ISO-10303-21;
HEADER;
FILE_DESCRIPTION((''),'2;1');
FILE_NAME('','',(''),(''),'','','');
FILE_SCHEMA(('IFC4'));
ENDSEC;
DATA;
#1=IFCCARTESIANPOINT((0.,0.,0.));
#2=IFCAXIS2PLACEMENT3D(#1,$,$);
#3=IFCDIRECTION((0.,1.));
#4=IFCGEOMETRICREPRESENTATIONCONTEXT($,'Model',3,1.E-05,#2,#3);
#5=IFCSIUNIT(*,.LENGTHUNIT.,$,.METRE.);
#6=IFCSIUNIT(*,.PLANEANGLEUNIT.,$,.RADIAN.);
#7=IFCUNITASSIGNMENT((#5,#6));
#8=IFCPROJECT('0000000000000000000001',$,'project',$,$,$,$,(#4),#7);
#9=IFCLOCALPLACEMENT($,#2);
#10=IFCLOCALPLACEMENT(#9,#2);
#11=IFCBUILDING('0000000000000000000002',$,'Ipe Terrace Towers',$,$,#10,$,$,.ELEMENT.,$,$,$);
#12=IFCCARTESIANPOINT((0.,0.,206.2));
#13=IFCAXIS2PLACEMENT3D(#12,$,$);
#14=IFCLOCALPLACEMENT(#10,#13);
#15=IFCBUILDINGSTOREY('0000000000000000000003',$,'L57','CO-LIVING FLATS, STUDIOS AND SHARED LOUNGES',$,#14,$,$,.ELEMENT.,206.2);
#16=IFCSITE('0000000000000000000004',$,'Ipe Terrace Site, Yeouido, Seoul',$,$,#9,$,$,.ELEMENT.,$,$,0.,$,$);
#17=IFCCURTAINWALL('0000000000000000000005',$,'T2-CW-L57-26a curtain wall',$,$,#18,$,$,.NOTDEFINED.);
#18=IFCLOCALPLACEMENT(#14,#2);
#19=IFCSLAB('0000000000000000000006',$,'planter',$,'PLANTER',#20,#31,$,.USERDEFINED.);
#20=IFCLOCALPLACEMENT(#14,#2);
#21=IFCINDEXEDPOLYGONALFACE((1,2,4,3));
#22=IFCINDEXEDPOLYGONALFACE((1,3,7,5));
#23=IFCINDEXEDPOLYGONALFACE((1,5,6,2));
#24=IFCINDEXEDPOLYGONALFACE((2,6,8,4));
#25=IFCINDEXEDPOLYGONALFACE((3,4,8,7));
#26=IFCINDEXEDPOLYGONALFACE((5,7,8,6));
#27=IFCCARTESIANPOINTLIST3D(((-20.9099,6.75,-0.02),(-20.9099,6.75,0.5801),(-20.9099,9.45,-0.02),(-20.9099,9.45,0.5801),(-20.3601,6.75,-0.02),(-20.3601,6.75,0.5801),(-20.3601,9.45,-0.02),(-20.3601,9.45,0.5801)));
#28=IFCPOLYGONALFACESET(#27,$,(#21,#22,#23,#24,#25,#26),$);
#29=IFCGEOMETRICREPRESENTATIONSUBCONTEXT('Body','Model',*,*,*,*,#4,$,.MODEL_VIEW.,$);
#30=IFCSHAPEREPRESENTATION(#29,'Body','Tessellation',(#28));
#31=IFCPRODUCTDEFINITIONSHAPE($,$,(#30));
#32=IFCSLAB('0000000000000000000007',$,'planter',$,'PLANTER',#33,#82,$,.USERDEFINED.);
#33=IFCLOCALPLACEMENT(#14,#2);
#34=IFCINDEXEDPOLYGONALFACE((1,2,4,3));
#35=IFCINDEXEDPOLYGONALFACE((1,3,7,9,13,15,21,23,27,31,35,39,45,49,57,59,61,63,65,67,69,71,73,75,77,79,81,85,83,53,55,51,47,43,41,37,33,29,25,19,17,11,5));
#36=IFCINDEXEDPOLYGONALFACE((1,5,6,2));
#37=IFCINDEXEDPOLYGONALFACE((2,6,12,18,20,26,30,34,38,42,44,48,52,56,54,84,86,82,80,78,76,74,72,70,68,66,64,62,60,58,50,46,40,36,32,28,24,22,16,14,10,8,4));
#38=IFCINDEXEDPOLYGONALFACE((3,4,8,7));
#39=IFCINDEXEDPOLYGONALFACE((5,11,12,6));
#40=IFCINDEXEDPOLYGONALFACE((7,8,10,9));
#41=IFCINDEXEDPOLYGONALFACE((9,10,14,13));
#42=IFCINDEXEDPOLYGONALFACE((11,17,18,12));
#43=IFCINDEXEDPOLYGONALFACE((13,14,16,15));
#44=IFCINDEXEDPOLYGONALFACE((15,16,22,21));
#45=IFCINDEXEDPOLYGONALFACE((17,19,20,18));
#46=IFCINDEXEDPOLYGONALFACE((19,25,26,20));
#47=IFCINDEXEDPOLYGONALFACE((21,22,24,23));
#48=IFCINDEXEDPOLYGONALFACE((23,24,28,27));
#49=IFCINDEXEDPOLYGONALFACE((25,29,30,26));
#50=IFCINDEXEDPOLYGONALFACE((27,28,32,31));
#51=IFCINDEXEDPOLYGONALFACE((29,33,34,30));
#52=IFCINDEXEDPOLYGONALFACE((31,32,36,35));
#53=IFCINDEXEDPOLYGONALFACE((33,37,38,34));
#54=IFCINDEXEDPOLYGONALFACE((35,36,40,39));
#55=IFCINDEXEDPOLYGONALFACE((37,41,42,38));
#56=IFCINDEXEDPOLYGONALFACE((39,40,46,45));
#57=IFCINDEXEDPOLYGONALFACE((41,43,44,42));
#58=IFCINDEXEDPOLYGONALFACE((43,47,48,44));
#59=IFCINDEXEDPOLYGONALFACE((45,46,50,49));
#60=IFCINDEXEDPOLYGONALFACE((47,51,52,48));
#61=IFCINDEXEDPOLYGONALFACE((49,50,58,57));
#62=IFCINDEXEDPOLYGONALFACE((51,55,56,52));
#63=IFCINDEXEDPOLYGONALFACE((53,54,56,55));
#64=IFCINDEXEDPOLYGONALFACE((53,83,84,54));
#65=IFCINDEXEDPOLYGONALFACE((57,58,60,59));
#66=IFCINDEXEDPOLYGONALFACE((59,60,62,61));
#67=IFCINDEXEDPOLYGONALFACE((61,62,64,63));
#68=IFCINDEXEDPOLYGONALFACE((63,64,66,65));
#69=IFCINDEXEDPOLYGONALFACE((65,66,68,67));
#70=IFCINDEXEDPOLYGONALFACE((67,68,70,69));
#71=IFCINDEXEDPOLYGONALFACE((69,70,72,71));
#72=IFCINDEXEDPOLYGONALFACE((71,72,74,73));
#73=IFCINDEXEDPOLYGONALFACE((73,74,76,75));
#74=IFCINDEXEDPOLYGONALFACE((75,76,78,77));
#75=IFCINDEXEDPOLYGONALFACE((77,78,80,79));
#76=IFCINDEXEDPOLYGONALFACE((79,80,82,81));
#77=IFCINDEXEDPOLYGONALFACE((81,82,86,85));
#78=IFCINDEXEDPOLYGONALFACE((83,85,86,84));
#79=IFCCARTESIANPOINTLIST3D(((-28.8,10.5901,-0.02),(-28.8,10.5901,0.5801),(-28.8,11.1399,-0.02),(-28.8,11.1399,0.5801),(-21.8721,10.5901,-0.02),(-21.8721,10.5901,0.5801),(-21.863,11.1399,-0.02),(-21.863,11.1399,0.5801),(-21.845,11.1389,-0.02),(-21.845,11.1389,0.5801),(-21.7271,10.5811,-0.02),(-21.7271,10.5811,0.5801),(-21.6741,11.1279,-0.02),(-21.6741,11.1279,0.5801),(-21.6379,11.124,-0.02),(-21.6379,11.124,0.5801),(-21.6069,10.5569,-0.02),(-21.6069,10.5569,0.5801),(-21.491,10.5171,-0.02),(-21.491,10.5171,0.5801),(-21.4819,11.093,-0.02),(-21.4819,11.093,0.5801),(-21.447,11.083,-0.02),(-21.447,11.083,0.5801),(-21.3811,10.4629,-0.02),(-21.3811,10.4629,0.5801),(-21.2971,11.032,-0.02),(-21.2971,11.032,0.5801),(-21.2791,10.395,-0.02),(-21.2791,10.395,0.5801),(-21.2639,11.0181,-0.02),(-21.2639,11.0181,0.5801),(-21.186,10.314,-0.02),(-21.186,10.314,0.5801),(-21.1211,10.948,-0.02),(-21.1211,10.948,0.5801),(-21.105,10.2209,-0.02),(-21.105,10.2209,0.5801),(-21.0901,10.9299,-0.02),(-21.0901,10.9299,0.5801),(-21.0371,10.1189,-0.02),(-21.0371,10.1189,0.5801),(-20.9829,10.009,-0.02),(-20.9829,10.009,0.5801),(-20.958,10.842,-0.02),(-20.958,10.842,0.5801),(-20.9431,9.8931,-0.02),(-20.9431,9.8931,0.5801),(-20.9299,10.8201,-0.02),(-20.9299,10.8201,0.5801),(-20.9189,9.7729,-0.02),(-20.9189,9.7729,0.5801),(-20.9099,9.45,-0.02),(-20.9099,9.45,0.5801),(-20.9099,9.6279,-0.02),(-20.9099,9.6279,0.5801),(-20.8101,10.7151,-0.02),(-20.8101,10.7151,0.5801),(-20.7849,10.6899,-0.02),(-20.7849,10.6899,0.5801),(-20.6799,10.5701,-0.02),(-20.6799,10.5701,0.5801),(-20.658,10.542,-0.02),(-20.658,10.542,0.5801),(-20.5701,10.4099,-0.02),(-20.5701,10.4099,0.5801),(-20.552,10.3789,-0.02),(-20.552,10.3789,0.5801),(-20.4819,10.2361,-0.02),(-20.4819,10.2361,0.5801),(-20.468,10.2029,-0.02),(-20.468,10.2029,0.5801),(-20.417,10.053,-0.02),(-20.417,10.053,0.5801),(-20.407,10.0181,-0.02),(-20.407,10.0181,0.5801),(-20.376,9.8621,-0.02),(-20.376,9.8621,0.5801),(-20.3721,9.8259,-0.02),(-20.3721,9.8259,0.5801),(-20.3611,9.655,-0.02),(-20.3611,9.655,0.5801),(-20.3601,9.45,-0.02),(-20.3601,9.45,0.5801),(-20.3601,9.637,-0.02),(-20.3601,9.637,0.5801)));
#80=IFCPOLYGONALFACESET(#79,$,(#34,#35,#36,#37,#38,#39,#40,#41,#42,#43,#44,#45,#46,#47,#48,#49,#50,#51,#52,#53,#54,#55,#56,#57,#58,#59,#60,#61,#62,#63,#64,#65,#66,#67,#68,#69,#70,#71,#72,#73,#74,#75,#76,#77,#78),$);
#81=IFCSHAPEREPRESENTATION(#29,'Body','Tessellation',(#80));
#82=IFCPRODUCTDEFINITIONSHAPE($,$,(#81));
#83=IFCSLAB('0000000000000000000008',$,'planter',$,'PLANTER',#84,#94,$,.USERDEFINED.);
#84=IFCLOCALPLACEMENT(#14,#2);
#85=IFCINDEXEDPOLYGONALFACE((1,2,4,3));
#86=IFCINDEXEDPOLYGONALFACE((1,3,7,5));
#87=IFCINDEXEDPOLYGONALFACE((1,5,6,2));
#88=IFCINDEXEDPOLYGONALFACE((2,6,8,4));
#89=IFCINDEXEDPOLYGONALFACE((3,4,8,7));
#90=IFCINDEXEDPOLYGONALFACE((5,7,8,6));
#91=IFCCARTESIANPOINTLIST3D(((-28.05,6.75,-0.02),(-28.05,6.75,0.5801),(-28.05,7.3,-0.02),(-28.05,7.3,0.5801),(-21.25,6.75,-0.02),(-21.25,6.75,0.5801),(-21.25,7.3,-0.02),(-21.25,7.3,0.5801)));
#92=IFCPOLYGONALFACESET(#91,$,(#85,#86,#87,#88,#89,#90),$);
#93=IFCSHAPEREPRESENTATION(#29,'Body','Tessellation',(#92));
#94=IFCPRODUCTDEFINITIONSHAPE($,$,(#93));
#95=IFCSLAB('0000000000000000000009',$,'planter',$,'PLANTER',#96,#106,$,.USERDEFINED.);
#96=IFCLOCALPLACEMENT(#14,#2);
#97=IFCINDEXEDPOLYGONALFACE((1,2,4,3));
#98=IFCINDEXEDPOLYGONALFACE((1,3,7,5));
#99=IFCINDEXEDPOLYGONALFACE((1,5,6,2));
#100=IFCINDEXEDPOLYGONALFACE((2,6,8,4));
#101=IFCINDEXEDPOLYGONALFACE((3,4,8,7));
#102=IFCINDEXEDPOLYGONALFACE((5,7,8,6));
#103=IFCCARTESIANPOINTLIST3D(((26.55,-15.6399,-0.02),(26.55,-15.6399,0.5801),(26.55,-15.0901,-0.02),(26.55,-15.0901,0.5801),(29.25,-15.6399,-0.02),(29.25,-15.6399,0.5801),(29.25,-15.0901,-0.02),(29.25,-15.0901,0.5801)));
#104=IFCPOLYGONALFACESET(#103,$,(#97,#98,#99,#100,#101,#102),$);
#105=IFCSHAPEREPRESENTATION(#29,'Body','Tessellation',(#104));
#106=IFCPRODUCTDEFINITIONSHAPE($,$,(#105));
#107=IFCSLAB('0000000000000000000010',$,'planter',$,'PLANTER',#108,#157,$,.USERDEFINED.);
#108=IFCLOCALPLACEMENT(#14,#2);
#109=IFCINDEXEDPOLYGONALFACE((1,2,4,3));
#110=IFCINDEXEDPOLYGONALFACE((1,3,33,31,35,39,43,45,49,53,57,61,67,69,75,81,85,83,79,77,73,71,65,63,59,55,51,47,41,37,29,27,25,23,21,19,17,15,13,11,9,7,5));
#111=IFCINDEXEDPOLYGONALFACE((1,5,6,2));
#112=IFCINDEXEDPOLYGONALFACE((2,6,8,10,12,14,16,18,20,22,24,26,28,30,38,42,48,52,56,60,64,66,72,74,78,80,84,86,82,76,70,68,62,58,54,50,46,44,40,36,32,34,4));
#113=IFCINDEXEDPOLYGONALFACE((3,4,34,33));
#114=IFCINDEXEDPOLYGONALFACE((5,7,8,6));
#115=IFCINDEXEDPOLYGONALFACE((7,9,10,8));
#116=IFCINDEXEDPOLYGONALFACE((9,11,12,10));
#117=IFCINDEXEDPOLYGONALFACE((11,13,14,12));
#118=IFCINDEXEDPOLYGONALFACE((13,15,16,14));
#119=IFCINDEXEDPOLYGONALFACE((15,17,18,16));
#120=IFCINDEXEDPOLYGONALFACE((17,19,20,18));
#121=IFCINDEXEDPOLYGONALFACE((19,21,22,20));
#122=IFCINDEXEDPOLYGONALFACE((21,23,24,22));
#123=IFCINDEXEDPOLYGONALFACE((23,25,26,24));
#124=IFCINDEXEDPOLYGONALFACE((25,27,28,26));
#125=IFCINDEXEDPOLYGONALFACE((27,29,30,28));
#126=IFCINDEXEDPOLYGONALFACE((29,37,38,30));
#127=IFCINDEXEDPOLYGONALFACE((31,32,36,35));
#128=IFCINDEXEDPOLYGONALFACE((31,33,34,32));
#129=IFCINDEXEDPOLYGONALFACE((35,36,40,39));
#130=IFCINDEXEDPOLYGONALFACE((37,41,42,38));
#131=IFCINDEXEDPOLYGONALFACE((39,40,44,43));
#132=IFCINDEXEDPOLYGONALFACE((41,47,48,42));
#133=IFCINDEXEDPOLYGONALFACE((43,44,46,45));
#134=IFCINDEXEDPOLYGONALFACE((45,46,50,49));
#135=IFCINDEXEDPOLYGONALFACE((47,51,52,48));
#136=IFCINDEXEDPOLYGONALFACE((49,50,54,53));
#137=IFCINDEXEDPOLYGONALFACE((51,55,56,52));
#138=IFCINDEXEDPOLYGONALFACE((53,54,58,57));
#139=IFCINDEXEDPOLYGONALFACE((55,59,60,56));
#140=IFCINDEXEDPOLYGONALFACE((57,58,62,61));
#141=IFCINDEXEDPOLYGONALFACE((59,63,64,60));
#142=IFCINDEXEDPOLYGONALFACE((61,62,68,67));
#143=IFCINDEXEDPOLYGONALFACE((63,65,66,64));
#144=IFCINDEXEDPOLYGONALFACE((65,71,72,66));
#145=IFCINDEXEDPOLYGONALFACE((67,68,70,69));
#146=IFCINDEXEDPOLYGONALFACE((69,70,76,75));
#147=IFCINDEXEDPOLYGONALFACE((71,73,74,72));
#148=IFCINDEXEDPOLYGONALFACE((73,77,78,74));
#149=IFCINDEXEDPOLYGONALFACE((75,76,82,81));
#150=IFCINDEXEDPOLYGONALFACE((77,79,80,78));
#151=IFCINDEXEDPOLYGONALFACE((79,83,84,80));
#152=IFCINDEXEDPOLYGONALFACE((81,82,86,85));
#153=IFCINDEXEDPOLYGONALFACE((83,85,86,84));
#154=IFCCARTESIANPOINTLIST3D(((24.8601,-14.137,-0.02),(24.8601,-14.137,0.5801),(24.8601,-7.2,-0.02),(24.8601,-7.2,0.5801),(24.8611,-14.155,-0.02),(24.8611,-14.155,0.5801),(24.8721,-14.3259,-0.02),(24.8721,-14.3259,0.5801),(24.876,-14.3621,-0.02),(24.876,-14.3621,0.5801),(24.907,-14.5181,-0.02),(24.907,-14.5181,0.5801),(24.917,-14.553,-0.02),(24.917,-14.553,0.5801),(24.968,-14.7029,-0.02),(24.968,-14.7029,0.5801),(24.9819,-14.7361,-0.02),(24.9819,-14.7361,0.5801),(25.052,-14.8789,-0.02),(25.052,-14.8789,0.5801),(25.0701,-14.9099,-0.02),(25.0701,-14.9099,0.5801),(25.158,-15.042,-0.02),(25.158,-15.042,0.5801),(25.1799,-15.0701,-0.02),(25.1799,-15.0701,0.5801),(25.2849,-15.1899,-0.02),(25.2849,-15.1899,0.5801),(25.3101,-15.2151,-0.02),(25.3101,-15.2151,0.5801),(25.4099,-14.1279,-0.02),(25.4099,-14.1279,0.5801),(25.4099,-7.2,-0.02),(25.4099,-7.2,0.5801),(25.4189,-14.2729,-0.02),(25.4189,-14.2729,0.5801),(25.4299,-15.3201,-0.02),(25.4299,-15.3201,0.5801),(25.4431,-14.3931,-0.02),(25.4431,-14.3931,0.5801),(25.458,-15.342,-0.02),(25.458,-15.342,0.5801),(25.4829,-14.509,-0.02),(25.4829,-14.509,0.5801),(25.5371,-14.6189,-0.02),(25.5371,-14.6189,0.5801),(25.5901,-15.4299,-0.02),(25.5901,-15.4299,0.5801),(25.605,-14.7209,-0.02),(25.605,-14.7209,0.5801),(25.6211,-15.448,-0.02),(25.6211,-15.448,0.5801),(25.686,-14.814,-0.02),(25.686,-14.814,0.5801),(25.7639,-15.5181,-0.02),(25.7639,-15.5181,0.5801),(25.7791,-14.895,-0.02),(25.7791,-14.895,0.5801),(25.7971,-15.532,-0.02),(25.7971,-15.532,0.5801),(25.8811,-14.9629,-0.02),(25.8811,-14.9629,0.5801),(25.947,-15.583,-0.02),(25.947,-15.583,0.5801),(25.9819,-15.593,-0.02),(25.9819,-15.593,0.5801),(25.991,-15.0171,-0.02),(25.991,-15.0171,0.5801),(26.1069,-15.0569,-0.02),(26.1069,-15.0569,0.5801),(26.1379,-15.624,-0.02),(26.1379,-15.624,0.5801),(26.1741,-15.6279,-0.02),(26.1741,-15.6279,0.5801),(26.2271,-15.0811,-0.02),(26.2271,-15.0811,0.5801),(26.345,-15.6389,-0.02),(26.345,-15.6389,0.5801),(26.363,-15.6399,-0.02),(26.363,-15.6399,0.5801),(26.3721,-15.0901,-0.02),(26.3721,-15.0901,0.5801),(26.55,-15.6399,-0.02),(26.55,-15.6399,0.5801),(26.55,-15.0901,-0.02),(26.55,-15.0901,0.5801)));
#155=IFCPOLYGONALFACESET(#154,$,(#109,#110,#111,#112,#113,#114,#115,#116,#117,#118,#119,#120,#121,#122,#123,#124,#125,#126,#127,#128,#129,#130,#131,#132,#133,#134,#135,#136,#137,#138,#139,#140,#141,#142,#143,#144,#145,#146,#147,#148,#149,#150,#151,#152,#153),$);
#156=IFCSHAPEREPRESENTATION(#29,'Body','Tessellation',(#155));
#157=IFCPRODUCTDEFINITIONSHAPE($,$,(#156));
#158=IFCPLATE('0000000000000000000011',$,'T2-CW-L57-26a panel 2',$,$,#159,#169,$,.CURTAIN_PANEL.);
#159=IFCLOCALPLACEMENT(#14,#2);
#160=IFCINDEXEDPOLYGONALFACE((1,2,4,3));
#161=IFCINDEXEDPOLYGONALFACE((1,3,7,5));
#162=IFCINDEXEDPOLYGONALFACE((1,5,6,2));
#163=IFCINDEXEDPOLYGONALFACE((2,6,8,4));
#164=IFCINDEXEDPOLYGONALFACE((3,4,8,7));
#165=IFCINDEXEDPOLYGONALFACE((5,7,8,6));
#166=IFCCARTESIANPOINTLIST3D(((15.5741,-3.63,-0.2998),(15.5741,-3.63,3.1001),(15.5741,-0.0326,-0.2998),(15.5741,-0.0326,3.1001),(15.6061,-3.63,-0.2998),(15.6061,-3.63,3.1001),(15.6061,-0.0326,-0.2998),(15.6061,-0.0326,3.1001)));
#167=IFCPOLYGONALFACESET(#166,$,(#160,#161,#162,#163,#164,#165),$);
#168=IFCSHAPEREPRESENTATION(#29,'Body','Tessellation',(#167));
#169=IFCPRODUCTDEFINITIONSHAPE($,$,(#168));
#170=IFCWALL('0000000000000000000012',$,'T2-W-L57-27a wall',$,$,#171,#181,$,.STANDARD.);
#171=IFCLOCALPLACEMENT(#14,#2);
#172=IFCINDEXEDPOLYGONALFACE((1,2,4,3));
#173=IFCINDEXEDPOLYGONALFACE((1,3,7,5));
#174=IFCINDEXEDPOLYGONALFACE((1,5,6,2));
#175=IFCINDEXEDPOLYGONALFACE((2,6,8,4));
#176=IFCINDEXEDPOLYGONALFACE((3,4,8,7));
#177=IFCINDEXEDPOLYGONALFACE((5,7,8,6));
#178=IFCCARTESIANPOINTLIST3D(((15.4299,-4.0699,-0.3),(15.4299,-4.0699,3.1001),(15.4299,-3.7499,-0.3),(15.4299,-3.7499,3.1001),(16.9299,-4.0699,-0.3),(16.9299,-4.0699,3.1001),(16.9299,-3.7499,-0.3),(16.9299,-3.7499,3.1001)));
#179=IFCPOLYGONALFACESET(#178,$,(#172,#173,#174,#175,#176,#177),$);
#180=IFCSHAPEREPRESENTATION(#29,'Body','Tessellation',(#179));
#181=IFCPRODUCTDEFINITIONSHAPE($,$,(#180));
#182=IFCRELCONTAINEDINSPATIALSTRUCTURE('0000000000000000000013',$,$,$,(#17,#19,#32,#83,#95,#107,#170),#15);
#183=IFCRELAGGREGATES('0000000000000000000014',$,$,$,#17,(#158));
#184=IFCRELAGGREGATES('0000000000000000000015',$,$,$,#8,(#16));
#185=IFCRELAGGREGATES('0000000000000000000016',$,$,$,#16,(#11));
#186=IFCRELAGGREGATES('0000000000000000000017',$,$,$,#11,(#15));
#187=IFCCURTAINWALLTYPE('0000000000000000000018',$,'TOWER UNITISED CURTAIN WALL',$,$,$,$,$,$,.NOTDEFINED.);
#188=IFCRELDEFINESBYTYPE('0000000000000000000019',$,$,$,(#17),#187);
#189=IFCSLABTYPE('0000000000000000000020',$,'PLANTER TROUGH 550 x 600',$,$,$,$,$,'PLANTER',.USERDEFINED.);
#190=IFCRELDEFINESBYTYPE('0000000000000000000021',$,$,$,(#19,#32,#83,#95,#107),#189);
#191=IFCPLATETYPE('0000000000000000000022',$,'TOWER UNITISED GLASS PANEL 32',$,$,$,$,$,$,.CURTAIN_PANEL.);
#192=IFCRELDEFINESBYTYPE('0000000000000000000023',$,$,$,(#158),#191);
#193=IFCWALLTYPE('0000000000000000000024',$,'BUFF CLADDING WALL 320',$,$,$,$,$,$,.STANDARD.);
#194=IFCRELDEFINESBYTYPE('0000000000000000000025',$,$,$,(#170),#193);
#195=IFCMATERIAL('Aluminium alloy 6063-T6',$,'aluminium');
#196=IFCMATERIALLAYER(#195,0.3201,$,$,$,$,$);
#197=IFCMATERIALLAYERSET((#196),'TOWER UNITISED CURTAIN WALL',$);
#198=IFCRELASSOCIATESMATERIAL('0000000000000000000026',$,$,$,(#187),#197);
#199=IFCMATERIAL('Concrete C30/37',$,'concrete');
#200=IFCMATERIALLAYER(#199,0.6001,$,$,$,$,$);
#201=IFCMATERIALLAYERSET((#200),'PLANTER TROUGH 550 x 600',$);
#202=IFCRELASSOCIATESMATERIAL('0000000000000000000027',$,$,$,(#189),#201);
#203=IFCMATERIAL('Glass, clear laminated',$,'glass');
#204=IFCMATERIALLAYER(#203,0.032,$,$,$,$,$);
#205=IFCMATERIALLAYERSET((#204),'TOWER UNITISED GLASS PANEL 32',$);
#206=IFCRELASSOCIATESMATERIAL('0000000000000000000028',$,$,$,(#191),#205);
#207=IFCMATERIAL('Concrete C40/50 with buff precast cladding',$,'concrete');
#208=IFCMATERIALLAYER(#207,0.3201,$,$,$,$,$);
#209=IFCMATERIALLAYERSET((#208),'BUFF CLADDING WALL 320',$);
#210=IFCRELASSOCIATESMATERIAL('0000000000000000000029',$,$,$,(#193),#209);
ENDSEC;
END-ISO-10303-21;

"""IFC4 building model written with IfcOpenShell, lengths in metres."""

from ifc_helpers import new_model, si_unit, direction, frame, frame_2d, origin, origin_2d, place, context, subcontext, project, spatial, polyline, rectangle, outline, extrude, material, layer, layer_set, type_object, element, aggregate, save


model = new_model("IFC4")

# Units and contexts
model_context = context("Model", 3, precision=1e-05, world=origin(), true_north=direction((0.0, 1.0)))
body_context = subcontext(model_context, "Body", "Model", "MODEL_VIEW")
ifc_project = project(units=[si_unit("LENGTHUNIT", "METRE"), si_unit("PLANEANGLEUNIT", "RADIAN")], contexts=[model_context])

# Site, building, storey
site_placement = place(None, origin())
site = spatial("IfcSite", under=ifc_project, at=site_placement, Name="Ipe Terrace Site, Yeouido, Seoul", CompositionType="ELEMENT", RefElevation=0.0)
building_placement = place(site_placement, origin())
building = spatial("IfcBuilding", under=site, at=building_placement, Name="Ipe Terrace Towers", CompositionType="ELEMENT")
storey_placement = place(building_placement, frame((0.0, 0.0, 206.2)))
storey = spatial("IfcBuildingStorey", under=building, at=storey_placement, Name="L57", Description="CO-LIVING FLATS, STUDIOS AND SHARED LOUNGES", CompositionType="ELEMENT", Elevation=206.2)

# Curtain wall
ifc_material_1 = material(Name="Aluminium alloy 6063-T6", Category="aluminium")
ifc_layer_1 = layer(ifc_material_1, 0.3201)
ifc_layer_set_1 = layer_set([ifc_layer_1], Name="TOWER UNITISED CURTAIN WALL")
curtain_wall_type = type_object("IfcCurtainWallType", Name="TOWER UNITISED CURTAIN WALL", PredefinedType="NOTDEFINED", material=ifc_layer_set_1)
curtain_wall_1_placement = place(storey_placement, origin())
curtain_wall_1 = element("IfcCurtainWall", 1, at=curtain_wall_1_placement, inside=storey, type_object=curtain_wall_type, Name="T2-CW-L57-26a curtain wall", PredefinedType="NOTDEFINED")

# Slabs
ifc_material_2 = material(Name="Concrete C30/37", Category="concrete")
ifc_layer_2 = layer(ifc_material_2, 0.6001)
ifc_layer_set_2 = layer_set([ifc_layer_2], Name="PLANTER TROUGH 550 x 600")
slab_type_1 = type_object("IfcSlabType", Name="PLANTER TROUGH 550 x 600", ElementType="PLANTER", PredefinedType="USERDEFINED", material=ifc_layer_set_2)
slab_1_placement = place(storey_placement, frame((0.0, 0.0, -0.02)))
element("IfcSlab", 2, at=slab_1_placement, inside=storey, type_object=slab_type_1, Name="planter", ObjectType="PLANTER", PredefinedType="USERDEFINED", context=body_context, shape_type="SweptSolid", body=[
    extrude(outline(polyline([(-20.3601, 6.75), (-20.3601, 9.45), (-20.9099, 9.45), (-20.9099, 6.75), (-20.3601, 6.75)])), origin(), (0.0, 0.0, 1.0), 0.6001),
])
slab_2_placement = place(storey_placement, frame((0.0, 0.0, -0.02)))
element("IfcSlab", 3, at=slab_2_placement, inside=storey, type_object=slab_type_1, Name="planter", ObjectType="PLANTER", PredefinedType="USERDEFINED", context=body_context, shape_type="SweptSolid", body=[
    extrude(outline(polyline([(-20.9431, 9.8931), (-20.9189, 9.7729), (-20.9099, 9.6279), (-20.9099, 9.45), (-20.3601, 9.45), (-20.3601, 9.637), (-20.3611, 9.655), (-20.3721, 9.8259), (-20.376, 9.8621), (-20.407, 10.0181), (-20.417, 10.053), (-20.468, 10.2029), (-20.4819, 10.2361), (-20.552, 10.3789), (-20.5701, 10.4099), (-20.658, 10.542), (-20.6799, 10.5701), (-20.7849, 10.6899), (-20.8101, 10.7151), (-20.9299, 10.8201), (-20.958, 10.842), (-21.0901, 10.9299), (-21.1211, 10.948), (-21.2639, 11.0181), (-21.2971, 11.032), (-21.447, 11.083), (-21.4819, 11.093), (-21.6379, 11.124), (-21.6741, 11.1279), (-21.845, 11.1389), (-21.863, 11.1399), (-28.8, 11.1399), (-28.8, 10.5901), (-21.8721, 10.5901), (-21.7271, 10.5811), (-21.6069, 10.5569), (-21.491, 10.5171), (-21.3811, 10.4629), (-21.2791, 10.395), (-21.186, 10.314), (-21.105, 10.2209), (-21.0371, 10.1189), (-20.9829, 10.009), (-20.9431, 9.8931)])), origin(), (0.0, 0.0, 1.0), 0.6001),
])
slab_3_placement = place(storey_placement, frame((0.0, 0.0, -0.02)))
element("IfcSlab", 4, at=slab_3_placement, inside=storey, type_object=slab_type_1, Name="planter", ObjectType="PLANTER", PredefinedType="USERDEFINED", context=body_context, shape_type="SweptSolid", body=[
    extrude(outline(polyline([(-28.05, 6.75), (-21.25, 6.75), (-21.25, 7.3), (-28.05, 7.3), (-28.05, 6.75)])), origin(), (0.0, 0.0, 1.0), 0.6001),
])
slab_4_placement = place(storey_placement, frame((0.0, 0.0, -0.02)))
element("IfcSlab", 5, at=slab_4_placement, inside=storey, type_object=slab_type_1, Name="planter", ObjectType="PLANTER", PredefinedType="USERDEFINED", context=body_context, shape_type="SweptSolid", body=[
    extrude(outline(polyline([(29.25, -15.6399), (29.25, -15.0901), (26.55, -15.0901), (26.55, -15.6399), (29.25, -15.6399)])), origin(), (0.0, 0.0, 1.0), 0.6001),
])
slab_5_placement = place(storey_placement, frame((0.0, 0.0, -0.02)))
element("IfcSlab", 6, at=slab_5_placement, inside=storey, type_object=slab_type_1, Name="planter", ObjectType="PLANTER", PredefinedType="USERDEFINED", context=body_context, shape_type="SweptSolid", body=[
    extrude(outline(polyline([(26.1069, -15.0569), (25.991, -15.0171), (25.8811, -14.9629), (25.7791, -14.895), (25.686, -14.814), (25.605, -14.7209), (25.5371, -14.6189), (25.4829, -14.509), (25.4431, -14.3931), (25.4189, -14.2729), (25.4099, -14.1279), (25.4099, -7.2), (24.8601, -7.2), (24.8601, -14.137), (24.8611, -14.155), (24.8721, -14.3259), (24.876, -14.3621), (24.907, -14.5181), (24.917, -14.553), (24.968, -14.7029), (24.9819, -14.7361), (25.052, -14.8789), (25.0701, -14.9099), (25.158, -15.042), (25.1799, -15.0701), (25.2849, -15.1899), (25.3101, -15.2151), (25.4299, -15.3201), (25.458, -15.342), (25.5901, -15.4299), (25.6211, -15.448), (25.7639, -15.5181), (25.7971, -15.532), (25.947, -15.583), (25.9819, -15.593), (26.1379, -15.624), (26.1741, -15.6279), (26.345, -15.6389), (26.363, -15.6399), (26.55, -15.6399), (26.55, -15.0901), (26.3721, -15.0901), (26.2271, -15.0811), (26.1069, -15.0569)])), origin(), (0.0, 0.0, 1.0), 0.6001),
])

# Plate
ifc_material_3 = material(Name="Glass, clear laminated", Category="glass")
ifc_layer_3 = layer(ifc_material_3, 0.032)
ifc_layer_set_3 = layer_set([ifc_layer_3], Name="TOWER UNITISED GLASS PANEL 32")
plate_type = type_object("IfcPlateType", Name="TOWER UNITISED GLASS PANEL 32", PredefinedType="CURTAIN_PANEL", material=ifc_layer_set_3)
plate_placement = place(storey_placement, frame((15.5901, -1.8313, -0.2998), z_axis=(0.0, 0.0, 1.0), x_axis=(0.0, -1.0, 0.0)))
plate = element("IfcPlate", 7, at=plate_placement, type_object=plate_type, Name="T2-CW-L57-26a panel 2", PredefinedType="CURTAIN_PANEL", context=body_context, shape_type="SweptSolid", body=[
    extrude(rectangle(XDim=3.5974, YDim=0.032, at=origin_2d()), origin(), (0.0, 0.0, 1.0), 3.3999),
])
aggregate(curtain_wall_1, [plate])

# Wall
ifc_material_4 = material(Name="Concrete C40/50 with buff precast cladding", Category="concrete")
ifc_layer_4 = layer(ifc_material_4, 0.3201)
ifc_layer_set_4 = layer_set([ifc_layer_4], Name="BUFF CLADDING WALL 320")
wall_type = type_object("IfcWallType", Name="BUFF CLADDING WALL 320", PredefinedType="STANDARD", material=ifc_layer_set_4)
wall_1_placement = place(storey_placement, frame((15.4299, -3.9099, -0.3), z_axis=(0.0, 0.0, 1.0), x_axis=(1.0, 0.0, 0.0)))
element("IfcWall", 8, at=wall_1_placement, inside=storey, type_object=wall_type, Name="T2-W-L57-27a wall", PredefinedType="STANDARD", context=body_context, shape_type="SweptSolid", body=[
    extrude(rectangle(XDim=1.5, YDim=0.3201, at=frame_2d((0.75, 0.0))), origin(), (0.0, 0.0, 1.0), 3.4001),
])

save(model, "model.ifc")
